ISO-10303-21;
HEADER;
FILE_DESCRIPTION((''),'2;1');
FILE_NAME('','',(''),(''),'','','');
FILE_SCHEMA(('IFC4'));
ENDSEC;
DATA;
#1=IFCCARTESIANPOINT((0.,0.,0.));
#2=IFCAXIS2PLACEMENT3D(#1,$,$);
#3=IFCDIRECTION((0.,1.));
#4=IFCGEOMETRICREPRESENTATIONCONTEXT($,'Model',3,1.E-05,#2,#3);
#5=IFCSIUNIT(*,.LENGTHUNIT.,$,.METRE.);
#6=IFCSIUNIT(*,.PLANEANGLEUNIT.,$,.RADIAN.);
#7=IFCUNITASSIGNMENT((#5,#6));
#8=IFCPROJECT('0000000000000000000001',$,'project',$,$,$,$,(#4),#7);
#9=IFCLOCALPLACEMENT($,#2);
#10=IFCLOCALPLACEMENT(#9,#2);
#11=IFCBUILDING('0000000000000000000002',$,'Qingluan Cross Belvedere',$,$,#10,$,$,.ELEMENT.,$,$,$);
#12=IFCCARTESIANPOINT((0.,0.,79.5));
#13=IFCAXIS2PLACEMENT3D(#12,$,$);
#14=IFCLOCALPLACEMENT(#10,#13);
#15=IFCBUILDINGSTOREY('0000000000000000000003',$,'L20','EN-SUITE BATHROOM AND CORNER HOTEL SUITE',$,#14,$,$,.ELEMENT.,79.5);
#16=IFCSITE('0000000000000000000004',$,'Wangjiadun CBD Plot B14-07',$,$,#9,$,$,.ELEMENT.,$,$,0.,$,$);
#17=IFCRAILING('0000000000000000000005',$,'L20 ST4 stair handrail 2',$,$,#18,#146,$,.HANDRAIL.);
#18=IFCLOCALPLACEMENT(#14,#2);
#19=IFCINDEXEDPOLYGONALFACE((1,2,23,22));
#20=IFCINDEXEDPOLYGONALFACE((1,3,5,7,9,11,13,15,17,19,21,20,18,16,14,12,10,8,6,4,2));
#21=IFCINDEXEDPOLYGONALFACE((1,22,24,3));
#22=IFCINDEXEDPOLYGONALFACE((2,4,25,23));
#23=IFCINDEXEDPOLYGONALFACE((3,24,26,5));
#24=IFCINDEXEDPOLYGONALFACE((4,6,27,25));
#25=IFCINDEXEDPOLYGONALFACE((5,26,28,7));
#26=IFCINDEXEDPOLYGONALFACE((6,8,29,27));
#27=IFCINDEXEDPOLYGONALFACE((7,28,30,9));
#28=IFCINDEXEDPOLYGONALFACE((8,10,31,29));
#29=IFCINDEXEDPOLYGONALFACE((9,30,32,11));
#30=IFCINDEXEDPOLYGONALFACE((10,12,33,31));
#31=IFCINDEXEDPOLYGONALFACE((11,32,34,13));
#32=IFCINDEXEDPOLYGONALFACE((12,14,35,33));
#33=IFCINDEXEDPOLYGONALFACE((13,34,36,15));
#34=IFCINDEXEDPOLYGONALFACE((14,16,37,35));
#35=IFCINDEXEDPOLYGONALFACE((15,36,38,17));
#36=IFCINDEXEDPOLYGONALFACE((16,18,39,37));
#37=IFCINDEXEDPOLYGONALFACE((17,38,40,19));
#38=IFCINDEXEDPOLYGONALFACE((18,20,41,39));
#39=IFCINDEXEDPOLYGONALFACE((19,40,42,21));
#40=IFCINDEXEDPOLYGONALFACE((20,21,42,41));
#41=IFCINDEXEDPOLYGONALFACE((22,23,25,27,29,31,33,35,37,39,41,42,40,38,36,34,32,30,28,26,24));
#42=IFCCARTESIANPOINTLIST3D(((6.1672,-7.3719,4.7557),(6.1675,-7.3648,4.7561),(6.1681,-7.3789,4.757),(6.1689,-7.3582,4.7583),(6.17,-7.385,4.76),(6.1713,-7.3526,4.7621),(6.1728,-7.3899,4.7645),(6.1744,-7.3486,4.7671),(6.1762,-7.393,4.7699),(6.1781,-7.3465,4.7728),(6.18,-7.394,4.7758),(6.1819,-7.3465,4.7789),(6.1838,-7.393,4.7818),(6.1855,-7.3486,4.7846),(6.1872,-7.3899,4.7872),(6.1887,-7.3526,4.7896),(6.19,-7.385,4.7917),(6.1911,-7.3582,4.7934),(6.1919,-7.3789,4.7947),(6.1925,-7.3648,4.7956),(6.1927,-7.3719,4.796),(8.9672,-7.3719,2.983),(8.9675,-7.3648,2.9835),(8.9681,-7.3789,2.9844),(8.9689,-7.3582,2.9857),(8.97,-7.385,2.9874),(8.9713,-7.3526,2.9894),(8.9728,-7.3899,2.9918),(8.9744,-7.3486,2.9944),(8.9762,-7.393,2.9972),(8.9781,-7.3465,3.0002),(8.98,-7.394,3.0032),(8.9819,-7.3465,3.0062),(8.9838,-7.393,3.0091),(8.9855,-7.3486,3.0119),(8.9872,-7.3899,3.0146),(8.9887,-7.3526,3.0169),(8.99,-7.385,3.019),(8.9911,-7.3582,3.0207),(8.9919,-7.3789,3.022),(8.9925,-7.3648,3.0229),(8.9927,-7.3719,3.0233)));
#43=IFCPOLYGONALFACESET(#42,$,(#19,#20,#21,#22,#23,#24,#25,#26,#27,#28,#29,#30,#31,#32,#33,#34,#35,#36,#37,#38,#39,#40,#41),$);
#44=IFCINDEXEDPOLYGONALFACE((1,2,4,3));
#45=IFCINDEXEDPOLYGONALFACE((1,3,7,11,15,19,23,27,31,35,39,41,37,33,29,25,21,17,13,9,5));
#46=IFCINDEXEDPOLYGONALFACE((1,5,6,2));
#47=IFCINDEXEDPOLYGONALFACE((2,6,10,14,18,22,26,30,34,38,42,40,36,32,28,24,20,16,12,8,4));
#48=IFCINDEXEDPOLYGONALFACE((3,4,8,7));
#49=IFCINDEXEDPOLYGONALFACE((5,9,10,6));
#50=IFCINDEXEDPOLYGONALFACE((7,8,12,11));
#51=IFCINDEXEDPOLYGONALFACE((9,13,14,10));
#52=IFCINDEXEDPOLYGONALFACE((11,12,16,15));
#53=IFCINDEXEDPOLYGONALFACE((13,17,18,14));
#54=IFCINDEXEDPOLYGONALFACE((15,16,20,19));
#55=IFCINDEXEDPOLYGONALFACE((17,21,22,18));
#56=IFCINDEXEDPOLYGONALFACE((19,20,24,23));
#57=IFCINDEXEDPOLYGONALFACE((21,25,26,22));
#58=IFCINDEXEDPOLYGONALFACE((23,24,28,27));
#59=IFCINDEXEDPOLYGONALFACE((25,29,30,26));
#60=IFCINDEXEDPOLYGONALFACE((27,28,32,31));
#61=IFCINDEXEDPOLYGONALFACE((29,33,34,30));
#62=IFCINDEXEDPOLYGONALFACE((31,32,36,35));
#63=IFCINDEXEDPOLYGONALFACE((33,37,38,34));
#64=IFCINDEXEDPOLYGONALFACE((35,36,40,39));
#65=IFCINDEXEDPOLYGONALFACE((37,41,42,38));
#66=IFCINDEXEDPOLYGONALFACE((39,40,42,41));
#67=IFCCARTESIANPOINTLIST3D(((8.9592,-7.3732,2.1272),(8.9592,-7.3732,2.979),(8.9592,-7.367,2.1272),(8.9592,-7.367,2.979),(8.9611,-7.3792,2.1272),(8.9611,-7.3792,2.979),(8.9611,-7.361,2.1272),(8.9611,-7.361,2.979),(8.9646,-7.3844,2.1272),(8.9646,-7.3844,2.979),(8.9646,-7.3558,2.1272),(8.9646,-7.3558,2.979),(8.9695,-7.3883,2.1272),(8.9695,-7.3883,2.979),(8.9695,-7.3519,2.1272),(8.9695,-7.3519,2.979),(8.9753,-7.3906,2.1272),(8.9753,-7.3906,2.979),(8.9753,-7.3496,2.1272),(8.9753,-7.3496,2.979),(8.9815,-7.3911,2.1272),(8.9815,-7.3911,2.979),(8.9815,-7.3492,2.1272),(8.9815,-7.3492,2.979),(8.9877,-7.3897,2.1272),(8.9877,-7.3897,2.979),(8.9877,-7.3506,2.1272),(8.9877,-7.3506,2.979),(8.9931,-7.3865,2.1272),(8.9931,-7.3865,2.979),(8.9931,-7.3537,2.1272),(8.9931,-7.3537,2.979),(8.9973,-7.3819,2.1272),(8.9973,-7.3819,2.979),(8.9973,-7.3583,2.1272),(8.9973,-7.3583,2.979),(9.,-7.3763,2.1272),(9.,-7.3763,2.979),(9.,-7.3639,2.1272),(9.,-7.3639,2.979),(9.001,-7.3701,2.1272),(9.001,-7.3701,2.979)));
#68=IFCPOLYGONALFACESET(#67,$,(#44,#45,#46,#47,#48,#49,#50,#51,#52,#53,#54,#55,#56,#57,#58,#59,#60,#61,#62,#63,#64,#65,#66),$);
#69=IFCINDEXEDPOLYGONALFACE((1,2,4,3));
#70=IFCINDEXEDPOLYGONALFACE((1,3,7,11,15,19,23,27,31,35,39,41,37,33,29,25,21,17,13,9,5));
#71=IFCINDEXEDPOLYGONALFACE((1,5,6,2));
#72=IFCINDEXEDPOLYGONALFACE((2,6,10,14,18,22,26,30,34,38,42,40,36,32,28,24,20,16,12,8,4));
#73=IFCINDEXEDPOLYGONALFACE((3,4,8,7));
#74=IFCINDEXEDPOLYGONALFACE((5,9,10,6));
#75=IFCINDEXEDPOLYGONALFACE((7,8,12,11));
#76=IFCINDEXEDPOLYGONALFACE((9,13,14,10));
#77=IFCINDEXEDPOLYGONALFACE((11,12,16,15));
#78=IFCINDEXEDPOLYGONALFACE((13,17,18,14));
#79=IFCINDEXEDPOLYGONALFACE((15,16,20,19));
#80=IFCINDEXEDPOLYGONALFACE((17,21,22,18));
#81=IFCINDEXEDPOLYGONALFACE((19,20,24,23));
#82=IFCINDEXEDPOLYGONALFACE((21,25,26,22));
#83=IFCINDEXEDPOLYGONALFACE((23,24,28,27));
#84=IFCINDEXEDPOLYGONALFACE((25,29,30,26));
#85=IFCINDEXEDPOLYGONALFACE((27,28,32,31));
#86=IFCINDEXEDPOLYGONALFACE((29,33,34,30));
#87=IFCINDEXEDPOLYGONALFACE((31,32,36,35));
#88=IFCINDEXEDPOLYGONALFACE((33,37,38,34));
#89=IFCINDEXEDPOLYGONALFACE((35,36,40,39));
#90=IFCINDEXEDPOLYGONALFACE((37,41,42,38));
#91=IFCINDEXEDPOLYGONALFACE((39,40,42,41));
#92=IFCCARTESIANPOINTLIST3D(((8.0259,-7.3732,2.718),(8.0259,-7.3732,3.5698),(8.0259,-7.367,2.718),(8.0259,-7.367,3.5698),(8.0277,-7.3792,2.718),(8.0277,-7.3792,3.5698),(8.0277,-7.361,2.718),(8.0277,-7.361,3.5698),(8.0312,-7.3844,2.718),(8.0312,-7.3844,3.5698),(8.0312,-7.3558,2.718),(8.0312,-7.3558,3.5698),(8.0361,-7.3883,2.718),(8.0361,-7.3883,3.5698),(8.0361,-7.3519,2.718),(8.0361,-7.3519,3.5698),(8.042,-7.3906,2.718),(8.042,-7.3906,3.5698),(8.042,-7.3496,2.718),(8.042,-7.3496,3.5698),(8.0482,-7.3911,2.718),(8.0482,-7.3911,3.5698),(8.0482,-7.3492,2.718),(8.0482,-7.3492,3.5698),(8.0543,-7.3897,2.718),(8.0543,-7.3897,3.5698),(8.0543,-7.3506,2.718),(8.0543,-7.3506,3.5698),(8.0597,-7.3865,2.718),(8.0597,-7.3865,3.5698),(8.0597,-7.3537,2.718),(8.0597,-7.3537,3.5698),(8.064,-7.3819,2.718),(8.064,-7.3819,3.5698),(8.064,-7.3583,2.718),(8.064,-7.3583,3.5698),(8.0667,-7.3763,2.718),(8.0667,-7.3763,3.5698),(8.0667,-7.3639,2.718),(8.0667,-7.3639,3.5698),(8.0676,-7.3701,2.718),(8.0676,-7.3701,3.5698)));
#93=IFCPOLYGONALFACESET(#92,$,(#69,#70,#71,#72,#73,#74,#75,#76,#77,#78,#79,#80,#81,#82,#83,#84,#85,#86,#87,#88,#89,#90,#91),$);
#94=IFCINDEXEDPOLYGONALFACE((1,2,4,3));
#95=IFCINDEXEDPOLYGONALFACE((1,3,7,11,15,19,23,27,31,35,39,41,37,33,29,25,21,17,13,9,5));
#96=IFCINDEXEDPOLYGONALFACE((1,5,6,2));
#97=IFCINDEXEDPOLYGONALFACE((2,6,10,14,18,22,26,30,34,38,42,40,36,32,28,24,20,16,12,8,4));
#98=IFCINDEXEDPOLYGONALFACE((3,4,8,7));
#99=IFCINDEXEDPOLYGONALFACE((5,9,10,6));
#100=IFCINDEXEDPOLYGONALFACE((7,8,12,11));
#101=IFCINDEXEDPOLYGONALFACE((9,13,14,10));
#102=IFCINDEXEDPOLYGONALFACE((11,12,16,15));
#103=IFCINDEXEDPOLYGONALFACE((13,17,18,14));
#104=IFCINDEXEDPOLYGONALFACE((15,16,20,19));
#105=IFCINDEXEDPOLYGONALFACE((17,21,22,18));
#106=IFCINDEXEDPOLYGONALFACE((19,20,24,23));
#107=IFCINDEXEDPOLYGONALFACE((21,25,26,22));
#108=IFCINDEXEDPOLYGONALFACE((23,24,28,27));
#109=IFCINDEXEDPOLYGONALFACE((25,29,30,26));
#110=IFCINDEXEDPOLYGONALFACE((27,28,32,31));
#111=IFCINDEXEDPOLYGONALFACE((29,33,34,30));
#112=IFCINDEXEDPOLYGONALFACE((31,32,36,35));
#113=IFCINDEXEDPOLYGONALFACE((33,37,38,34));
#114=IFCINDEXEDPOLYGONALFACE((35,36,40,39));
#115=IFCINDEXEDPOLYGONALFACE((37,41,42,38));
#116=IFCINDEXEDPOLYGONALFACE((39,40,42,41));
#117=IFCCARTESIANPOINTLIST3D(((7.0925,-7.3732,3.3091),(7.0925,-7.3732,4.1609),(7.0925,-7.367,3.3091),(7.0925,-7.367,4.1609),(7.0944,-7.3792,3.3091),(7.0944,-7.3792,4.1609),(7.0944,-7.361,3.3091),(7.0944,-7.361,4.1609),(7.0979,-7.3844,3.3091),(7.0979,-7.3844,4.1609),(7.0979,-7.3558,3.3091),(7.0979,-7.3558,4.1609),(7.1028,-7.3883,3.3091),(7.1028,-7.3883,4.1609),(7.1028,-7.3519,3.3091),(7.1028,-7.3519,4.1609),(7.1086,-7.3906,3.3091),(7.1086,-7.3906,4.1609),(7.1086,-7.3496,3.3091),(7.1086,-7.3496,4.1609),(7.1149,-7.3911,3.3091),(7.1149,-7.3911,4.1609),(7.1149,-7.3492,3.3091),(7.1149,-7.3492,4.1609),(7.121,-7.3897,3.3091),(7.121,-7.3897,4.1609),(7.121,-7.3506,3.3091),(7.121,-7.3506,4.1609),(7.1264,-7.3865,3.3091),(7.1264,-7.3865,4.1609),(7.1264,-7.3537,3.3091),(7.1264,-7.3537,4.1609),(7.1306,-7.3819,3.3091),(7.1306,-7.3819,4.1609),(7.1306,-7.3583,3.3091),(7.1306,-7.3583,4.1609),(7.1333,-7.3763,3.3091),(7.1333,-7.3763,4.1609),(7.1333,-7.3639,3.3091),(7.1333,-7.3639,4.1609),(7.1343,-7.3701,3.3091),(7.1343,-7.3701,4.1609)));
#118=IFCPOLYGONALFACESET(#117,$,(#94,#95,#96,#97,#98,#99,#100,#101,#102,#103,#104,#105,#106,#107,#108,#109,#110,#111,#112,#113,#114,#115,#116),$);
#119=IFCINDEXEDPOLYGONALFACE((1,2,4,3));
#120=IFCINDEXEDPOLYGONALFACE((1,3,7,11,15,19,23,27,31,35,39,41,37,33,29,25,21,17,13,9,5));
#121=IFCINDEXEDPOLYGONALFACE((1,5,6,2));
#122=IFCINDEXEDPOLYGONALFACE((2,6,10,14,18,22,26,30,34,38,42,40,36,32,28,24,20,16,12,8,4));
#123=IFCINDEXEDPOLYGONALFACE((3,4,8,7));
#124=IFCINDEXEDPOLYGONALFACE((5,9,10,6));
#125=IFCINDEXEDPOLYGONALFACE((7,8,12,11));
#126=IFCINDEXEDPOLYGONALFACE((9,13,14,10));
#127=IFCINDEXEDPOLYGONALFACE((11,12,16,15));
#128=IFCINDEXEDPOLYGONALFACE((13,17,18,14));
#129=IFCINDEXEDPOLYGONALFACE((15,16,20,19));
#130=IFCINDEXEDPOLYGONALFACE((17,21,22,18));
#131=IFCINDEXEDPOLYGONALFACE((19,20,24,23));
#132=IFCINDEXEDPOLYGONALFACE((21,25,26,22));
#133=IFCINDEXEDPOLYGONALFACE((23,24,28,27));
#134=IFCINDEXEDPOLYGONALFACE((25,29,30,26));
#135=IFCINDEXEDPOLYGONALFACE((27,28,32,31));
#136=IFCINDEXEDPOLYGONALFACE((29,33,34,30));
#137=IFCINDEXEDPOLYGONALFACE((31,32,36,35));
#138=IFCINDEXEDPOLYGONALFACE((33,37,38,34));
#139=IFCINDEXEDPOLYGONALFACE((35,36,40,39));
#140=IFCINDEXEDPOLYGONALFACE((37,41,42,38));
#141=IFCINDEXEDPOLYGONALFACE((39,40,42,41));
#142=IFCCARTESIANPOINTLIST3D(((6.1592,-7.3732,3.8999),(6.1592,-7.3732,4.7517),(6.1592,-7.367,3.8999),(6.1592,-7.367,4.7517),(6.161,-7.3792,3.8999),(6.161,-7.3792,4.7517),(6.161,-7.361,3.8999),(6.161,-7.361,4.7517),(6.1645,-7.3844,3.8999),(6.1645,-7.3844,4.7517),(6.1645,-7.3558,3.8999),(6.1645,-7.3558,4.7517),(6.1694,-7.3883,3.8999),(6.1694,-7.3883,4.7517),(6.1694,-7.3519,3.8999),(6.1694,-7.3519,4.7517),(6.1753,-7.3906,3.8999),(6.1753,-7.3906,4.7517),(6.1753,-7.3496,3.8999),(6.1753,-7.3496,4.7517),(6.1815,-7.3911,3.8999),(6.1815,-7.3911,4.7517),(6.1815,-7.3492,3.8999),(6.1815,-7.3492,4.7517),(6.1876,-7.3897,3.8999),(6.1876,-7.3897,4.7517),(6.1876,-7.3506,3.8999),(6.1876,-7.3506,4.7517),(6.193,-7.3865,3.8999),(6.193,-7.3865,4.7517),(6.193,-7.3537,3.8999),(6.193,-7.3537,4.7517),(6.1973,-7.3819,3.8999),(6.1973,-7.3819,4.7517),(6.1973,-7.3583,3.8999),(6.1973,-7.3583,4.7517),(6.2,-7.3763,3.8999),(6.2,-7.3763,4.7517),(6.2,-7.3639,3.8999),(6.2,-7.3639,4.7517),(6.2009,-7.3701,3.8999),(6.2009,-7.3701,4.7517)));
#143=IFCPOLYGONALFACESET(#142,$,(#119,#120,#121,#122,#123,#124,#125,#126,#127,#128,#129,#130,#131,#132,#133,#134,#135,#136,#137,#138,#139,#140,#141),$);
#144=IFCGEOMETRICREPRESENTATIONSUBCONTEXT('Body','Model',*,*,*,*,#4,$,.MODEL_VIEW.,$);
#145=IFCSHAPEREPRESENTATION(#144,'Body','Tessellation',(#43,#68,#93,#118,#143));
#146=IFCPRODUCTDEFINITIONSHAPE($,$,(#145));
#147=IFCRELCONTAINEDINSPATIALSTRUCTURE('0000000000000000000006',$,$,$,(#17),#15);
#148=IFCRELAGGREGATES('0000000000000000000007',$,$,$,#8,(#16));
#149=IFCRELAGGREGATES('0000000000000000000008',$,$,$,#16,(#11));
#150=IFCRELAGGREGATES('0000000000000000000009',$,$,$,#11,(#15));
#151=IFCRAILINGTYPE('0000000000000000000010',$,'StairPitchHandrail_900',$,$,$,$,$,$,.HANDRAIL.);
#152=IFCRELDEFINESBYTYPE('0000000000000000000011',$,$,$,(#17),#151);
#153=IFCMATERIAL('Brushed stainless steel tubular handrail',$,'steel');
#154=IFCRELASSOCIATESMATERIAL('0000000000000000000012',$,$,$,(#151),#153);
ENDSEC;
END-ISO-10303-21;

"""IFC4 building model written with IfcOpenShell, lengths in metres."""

from ifc_helpers import new_model, si_unit, direction, frame, origin, origin_2d, place, context, subcontext, project, spatial, circle, extrude, material, type_object, element, save


model = new_model("IFC4")

# Units and contexts
model_context = context("Model", 3, precision=1e-05, world=origin(), true_north=direction((0.0, 1.0)))
body_context = subcontext(model_context, "Body", "Model", "MODEL_VIEW")
ifc_project = project(units=[si_unit("LENGTHUNIT", "METRE"), si_unit("PLANEANGLEUNIT", "RADIAN")], contexts=[model_context])

# Site, building, storey
site_placement = place(None, origin())
site = spatial("IfcSite", under=ifc_project, at=site_placement, Name="Wangjiadun CBD Plot B14-07", CompositionType="ELEMENT", RefElevation=0.0)
building_placement = place(site_placement, origin())
building = spatial("IfcBuilding", under=site, at=building_placement, Name="Qingluan Cross Belvedere", CompositionType="ELEMENT")
storey_placement = place(building_placement, frame((0.0, 0.0, 79.5)))
storey = spatial("IfcBuildingStorey", under=building, at=storey_placement, Name="L20", Description="EN-SUITE BATHROOM AND CORNER HOTEL SUITE", CompositionType="ELEMENT", Elevation=79.5)

# Railing
ifc_material_1 = material(Name="Brushed stainless steel tubular handrail", Category="steel")
railing_type_1 = type_object("IfcRailingType", Name="StairPitchHandrail_900", PredefinedType="HANDRAIL", material=ifc_material_1)
railing_1_placement = place(storey_placement, frame((8.98, -7.3701, 2.1272)))
element("IfcRailing", 1, at=railing_1_placement, inside=storey, type_object=railing_type_1, Name="L20 ST4 stair handrail 2", PredefinedType="HANDRAIL", context=body_context, shape_type="SweptSolid", body=[
    extrude(circle(Radius=0.0239, at=origin_2d()), frame((0.0, 0.0, 0.876), z_axis=(-0.844909, 0.0, 0.53491), x_axis=(0.0, -1.0, 0.0)), (0.0, 0.0, 1.0), 3.314),
    extrude(circle(Radius=0.021, at=origin_2d()), origin(), (0.0, 0.0, 1.0), 0.8518),
    extrude(circle(Radius=0.021, at=origin_2d()), frame((-0.9333, 0.0, 0.5908)), (0.0, 0.0, 1.0), 0.8518),
    extrude(circle(Radius=0.021, at=origin_2d()), frame((-1.8667, 0.0, 1.1819)), (0.0, 0.0, 1.0), 0.8518),
    extrude(circle(Radius=0.021, at=origin_2d()), frame((-2.8, 0.0, 1.7727)), (0.0, 0.0, 1.0), 0.8518),
])

save(model, "model.ifc")
